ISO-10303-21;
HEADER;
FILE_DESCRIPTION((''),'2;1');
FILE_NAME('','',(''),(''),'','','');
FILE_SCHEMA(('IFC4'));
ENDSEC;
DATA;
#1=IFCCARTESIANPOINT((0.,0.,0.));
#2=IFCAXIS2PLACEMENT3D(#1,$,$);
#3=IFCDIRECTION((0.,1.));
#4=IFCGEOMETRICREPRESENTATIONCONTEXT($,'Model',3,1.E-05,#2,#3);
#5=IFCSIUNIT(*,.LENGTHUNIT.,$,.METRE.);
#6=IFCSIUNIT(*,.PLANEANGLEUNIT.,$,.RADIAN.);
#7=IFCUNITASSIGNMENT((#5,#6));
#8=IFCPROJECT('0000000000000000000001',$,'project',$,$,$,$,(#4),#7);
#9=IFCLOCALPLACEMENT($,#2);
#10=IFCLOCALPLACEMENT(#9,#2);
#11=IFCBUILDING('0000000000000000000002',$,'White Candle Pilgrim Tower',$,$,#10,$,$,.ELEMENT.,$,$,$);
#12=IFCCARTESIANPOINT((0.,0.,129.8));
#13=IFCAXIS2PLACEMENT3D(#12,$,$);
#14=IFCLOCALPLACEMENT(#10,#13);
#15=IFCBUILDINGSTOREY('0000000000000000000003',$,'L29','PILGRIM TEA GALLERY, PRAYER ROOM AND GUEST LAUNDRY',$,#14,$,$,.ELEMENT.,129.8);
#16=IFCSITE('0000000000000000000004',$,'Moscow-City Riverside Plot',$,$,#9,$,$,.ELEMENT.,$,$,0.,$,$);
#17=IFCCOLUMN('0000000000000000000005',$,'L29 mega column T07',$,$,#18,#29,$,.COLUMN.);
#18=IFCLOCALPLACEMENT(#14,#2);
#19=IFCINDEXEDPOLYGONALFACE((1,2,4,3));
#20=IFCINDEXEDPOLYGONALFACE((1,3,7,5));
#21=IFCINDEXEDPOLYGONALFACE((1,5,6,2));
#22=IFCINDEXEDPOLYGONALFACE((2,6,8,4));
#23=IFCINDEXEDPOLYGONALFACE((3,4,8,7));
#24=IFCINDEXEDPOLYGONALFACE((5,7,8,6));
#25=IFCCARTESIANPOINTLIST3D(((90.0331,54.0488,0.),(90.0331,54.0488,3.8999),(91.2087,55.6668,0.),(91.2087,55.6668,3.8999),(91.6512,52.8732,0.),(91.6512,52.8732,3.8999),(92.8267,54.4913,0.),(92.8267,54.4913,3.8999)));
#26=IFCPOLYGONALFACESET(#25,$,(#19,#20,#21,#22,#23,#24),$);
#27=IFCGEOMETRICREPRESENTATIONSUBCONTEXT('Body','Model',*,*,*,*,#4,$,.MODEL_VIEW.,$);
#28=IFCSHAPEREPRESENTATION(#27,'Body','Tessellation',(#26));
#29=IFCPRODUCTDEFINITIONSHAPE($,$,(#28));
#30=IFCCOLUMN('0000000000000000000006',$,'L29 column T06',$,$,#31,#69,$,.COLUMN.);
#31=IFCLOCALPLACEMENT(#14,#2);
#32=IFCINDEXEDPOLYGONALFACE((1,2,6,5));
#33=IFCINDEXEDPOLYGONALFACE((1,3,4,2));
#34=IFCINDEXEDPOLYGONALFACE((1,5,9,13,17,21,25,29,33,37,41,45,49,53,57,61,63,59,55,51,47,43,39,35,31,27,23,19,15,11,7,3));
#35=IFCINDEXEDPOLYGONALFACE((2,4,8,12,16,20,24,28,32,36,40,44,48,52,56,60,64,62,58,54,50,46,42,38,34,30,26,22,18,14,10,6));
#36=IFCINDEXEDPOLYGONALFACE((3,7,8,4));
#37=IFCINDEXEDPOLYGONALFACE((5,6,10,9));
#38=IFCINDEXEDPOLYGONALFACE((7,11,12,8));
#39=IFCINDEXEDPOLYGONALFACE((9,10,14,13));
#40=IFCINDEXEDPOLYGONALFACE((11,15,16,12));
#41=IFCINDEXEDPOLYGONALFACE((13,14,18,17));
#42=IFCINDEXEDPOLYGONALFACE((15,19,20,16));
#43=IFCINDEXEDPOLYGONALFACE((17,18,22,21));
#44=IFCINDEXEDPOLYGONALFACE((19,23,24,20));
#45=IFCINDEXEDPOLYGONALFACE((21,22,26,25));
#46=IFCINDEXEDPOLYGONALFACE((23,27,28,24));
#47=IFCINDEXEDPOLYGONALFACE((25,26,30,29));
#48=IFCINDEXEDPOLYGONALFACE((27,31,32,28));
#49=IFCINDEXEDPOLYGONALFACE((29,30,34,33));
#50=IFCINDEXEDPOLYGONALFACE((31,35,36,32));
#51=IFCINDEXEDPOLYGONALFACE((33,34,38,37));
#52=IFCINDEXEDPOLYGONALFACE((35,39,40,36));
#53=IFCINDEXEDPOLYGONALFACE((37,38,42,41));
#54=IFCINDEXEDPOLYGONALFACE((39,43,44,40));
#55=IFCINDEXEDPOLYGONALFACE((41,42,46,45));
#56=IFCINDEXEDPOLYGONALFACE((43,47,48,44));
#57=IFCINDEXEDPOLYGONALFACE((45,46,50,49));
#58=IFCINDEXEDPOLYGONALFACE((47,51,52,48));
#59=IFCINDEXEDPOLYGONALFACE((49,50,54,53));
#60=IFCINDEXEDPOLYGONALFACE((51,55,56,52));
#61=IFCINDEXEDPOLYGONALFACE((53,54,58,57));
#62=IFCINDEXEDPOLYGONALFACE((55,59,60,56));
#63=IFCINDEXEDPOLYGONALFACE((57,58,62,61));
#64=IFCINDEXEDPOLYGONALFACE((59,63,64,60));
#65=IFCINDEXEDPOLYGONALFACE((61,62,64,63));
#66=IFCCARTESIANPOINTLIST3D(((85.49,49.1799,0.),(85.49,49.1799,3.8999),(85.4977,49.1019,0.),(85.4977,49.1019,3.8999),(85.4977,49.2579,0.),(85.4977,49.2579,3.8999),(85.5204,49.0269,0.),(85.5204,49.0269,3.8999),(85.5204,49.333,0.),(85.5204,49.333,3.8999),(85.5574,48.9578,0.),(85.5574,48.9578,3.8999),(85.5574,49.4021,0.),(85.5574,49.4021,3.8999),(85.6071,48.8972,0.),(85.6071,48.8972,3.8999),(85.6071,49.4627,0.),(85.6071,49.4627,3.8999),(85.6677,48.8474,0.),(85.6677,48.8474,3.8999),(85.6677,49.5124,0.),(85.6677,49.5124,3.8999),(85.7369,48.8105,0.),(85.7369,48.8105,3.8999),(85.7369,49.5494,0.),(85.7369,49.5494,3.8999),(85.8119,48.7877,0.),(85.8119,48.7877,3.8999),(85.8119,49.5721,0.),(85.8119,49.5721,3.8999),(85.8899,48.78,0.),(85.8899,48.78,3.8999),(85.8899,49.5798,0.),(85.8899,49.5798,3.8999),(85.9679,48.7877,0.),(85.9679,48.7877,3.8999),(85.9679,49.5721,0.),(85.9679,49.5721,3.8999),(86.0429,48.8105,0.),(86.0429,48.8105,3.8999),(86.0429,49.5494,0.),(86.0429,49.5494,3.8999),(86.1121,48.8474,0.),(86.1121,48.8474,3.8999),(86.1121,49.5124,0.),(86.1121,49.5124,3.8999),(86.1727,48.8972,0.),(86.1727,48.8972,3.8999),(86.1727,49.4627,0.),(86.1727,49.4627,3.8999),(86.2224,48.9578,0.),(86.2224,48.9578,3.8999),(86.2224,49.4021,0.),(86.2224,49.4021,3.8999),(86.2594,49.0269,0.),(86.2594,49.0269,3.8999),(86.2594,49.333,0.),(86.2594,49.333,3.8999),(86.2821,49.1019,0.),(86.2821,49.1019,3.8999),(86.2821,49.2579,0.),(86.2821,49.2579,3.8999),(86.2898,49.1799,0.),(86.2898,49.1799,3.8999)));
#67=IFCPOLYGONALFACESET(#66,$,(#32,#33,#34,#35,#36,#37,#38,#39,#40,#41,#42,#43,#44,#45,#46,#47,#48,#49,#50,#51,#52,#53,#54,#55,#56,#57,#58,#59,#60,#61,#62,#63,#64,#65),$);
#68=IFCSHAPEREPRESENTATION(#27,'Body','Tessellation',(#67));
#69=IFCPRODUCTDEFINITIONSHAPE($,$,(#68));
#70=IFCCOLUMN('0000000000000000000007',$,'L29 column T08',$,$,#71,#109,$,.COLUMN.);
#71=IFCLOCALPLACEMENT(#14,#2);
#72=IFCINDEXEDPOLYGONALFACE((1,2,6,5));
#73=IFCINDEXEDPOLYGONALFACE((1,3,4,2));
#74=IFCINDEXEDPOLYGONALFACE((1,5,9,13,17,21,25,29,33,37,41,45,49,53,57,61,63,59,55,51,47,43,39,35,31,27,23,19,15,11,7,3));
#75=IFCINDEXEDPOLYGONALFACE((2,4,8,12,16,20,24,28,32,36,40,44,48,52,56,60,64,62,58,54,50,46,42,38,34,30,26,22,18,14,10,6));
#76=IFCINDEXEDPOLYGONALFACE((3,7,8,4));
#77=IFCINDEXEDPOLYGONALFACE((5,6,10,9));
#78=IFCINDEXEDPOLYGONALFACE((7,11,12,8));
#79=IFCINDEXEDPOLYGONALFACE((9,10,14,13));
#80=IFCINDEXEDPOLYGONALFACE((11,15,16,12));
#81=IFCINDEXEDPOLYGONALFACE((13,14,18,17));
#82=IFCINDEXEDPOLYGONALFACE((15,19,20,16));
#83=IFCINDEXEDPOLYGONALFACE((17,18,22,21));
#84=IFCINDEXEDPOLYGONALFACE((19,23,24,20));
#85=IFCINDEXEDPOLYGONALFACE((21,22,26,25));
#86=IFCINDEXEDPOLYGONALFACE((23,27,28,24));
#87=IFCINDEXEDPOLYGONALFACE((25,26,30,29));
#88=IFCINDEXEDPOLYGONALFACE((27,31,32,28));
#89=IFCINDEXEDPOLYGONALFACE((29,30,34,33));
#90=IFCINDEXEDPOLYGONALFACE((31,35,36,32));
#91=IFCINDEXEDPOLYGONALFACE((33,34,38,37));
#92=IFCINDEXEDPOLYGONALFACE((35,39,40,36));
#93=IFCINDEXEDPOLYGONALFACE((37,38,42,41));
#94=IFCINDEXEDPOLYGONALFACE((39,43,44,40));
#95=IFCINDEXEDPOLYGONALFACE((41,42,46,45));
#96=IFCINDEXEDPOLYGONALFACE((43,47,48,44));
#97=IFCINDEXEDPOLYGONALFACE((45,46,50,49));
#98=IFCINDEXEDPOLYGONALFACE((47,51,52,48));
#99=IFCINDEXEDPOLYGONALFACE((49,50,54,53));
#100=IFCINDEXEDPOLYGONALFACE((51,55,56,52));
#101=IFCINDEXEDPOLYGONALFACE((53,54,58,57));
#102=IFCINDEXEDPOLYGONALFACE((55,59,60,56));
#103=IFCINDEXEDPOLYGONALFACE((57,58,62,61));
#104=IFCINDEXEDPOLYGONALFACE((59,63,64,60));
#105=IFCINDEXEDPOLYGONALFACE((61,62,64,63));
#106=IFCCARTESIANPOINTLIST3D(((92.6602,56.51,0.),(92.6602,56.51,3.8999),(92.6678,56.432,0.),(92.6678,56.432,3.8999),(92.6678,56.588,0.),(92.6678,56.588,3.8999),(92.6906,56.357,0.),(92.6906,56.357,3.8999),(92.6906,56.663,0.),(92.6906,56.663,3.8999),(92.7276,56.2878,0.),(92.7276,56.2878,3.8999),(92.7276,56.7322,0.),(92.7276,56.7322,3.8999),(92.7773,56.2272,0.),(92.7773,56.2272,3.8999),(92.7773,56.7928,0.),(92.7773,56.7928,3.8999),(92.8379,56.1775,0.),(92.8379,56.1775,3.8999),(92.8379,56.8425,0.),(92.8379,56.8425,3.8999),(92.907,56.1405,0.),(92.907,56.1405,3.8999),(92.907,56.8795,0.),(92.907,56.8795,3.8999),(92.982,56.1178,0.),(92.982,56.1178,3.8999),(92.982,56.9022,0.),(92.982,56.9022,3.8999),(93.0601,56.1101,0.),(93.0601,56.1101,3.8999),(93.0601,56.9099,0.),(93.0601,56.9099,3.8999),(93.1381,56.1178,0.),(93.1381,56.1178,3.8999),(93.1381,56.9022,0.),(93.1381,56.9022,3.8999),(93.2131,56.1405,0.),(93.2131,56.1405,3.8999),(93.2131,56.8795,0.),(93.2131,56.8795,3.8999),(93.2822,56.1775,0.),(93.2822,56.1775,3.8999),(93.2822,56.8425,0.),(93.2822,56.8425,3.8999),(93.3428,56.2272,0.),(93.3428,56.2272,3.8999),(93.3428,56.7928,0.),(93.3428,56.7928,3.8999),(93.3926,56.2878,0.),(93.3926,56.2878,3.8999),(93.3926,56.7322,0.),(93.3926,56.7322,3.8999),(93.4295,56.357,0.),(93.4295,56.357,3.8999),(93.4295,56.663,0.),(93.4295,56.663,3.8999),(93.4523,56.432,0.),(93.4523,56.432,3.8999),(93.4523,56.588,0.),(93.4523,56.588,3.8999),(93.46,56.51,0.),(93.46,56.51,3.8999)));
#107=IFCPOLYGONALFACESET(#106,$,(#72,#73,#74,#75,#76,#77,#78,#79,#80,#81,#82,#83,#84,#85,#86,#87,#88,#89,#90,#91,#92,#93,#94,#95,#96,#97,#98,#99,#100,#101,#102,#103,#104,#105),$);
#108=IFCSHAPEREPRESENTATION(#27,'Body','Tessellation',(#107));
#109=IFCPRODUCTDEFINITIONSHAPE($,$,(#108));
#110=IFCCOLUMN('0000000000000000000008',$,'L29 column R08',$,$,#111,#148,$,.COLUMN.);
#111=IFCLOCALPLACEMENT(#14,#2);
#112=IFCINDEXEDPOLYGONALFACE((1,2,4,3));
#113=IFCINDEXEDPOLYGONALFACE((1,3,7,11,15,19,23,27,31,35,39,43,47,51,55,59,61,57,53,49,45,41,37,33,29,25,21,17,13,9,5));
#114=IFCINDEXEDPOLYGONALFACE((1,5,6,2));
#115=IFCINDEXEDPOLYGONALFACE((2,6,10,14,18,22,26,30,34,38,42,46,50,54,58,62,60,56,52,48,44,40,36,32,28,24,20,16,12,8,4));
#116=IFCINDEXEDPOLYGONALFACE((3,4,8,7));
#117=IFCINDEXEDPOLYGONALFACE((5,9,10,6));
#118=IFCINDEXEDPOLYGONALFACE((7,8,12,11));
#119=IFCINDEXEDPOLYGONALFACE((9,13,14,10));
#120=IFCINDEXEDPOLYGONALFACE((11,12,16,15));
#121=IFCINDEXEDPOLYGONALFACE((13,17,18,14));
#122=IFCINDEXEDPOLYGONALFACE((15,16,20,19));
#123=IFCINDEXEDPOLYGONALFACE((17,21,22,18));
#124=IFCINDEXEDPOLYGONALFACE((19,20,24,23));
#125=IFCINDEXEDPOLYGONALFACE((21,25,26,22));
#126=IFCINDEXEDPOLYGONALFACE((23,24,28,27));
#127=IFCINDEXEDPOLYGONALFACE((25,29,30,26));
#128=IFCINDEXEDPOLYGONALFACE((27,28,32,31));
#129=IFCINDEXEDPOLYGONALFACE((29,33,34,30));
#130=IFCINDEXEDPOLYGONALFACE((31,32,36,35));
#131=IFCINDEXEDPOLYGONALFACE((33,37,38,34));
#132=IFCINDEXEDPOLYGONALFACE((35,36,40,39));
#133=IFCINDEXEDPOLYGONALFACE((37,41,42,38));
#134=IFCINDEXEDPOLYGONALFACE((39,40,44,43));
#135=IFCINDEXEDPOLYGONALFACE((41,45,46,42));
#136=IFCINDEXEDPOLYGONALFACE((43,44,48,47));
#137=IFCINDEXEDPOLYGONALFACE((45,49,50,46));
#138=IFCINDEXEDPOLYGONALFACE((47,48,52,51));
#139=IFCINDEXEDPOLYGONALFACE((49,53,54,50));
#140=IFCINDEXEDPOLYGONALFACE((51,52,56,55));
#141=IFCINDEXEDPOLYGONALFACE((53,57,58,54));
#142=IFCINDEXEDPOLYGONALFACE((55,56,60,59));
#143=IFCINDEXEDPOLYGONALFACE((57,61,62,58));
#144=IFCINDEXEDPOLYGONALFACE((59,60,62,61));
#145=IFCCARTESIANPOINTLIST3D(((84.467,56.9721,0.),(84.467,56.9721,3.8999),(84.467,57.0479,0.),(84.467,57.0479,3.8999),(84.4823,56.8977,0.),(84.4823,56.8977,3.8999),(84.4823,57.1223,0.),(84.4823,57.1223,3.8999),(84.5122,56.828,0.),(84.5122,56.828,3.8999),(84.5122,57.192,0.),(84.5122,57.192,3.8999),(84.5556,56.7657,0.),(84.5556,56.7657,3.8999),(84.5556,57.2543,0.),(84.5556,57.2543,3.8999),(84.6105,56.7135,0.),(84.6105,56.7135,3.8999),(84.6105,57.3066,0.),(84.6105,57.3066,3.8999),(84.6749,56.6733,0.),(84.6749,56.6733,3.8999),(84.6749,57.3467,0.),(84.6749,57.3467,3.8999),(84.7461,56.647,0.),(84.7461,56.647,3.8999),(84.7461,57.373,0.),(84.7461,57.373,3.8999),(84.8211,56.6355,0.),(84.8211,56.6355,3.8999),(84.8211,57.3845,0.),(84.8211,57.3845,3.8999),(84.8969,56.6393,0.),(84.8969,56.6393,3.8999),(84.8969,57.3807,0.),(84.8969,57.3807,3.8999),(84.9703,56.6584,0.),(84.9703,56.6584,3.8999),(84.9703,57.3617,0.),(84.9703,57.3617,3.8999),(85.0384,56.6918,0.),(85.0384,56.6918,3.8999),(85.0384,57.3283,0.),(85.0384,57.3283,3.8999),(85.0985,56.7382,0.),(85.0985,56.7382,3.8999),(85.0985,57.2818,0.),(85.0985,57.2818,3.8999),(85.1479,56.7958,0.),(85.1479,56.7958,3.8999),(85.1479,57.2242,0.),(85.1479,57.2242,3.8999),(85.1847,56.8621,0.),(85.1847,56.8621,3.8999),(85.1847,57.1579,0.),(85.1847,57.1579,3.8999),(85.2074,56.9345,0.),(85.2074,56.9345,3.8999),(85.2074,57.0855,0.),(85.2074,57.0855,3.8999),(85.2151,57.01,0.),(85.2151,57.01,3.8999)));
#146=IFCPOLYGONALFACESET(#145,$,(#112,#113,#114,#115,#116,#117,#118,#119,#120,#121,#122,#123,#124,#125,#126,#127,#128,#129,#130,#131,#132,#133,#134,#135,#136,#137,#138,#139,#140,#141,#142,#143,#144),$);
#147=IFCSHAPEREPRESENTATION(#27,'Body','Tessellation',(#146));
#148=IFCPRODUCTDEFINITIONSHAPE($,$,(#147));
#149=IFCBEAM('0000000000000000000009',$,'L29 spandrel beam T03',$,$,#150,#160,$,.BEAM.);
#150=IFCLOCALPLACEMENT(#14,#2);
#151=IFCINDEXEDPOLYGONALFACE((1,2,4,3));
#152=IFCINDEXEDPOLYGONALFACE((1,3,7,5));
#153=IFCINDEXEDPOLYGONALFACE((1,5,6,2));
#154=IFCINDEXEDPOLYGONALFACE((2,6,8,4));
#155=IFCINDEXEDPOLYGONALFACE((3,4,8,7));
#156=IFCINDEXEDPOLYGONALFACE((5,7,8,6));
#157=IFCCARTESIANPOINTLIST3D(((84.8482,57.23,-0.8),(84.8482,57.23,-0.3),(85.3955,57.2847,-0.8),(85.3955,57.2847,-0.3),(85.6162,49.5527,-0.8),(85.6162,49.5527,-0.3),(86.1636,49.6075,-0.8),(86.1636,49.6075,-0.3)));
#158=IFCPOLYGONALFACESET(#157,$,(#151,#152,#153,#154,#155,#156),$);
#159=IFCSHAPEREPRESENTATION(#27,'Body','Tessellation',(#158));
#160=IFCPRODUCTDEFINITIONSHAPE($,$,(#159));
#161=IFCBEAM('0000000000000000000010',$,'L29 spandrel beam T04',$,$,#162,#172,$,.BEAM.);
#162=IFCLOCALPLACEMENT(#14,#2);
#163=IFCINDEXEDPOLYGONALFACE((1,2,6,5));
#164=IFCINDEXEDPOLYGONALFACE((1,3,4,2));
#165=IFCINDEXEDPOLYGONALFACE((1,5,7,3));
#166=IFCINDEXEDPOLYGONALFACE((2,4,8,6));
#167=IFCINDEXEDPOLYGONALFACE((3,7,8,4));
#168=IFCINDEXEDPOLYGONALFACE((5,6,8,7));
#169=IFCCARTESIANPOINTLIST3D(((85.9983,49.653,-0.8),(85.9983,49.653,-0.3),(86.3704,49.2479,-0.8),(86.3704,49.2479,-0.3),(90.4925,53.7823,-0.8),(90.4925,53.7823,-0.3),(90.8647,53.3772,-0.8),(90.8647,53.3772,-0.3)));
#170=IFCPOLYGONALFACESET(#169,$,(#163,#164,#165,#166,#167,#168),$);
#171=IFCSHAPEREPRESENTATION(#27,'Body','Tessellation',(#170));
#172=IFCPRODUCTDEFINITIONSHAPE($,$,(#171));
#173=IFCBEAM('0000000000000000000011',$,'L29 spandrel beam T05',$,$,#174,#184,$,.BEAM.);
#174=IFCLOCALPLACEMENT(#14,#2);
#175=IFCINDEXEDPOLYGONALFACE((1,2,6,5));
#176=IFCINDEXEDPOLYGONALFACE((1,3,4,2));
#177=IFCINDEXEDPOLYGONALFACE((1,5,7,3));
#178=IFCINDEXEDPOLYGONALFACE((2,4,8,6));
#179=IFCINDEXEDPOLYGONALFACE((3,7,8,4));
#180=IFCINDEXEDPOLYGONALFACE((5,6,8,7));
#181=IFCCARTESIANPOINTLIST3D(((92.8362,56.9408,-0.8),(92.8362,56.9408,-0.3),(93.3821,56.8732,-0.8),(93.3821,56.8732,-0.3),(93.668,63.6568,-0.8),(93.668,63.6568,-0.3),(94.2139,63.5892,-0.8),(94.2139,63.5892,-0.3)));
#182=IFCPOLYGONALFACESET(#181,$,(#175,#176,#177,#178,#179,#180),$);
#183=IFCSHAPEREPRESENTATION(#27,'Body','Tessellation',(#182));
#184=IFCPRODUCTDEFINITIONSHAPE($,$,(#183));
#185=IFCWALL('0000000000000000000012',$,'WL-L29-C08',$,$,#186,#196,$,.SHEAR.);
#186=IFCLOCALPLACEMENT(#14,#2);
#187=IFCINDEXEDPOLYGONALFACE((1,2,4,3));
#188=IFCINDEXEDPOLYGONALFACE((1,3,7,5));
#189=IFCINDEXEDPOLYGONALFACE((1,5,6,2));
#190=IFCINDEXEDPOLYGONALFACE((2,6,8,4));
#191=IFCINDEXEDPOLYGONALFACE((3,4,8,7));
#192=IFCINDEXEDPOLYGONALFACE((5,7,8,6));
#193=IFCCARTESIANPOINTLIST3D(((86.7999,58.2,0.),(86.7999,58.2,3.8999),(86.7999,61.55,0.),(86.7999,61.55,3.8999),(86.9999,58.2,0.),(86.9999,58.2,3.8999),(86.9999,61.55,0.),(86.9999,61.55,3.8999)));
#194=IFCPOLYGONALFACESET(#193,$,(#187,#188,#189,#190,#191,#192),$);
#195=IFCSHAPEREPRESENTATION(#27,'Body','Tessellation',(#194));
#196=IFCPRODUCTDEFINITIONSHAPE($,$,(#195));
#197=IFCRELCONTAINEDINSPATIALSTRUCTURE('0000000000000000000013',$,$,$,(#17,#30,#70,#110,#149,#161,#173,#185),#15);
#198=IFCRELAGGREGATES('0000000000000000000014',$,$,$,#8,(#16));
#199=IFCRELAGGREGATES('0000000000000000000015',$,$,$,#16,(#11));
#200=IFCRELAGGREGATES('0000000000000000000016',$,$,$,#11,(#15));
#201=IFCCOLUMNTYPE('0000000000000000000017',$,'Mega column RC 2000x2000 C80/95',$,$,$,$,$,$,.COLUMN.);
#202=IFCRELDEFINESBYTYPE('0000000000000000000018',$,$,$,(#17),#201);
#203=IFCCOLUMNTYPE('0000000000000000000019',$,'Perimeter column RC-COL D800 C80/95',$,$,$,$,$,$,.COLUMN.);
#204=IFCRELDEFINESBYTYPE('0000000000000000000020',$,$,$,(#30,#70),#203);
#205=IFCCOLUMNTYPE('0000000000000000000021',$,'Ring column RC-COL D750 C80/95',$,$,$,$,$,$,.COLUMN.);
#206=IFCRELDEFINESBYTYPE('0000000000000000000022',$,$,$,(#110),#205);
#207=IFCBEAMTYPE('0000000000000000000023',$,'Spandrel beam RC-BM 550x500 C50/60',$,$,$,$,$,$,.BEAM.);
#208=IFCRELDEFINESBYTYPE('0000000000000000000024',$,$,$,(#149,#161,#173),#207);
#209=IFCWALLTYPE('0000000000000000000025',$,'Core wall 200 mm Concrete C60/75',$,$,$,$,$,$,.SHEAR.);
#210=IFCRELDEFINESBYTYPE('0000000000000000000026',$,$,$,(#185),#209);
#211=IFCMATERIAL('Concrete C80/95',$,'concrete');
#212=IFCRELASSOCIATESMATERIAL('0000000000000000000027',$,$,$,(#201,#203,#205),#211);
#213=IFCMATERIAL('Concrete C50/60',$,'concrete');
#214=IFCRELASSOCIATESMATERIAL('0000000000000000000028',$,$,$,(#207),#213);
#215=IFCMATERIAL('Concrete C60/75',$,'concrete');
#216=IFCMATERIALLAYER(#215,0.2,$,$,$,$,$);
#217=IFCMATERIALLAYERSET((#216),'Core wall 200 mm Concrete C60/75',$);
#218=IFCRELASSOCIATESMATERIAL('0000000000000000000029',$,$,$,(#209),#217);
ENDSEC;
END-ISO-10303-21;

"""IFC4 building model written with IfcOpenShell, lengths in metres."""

from ifc_helpers import new_model, si_unit, direction, frame, frame_2d, origin, origin_2d, place, context, subcontext, project, spatial, rectangle, circle, extrude, material, layer, layer_set, material_profile, profile_set, type_object, element, save


model = new_model("IFC4")

# Units and contexts
model_context = context("Model", 3, precision=1e-05, world=origin(), true_north=direction((0.0, 1.0)))
body_context = subcontext(model_context, "Body", "Model", "MODEL_VIEW")
ifc_project = project(units=[si_unit("LENGTHUNIT", "METRE"), si_unit("PLANEANGLEUNIT", "RADIAN")], contexts=[model_context])

# Site, building, storey
site_placement = place(None, origin())
site = spatial("IfcSite", under=ifc_project, at=site_placement, Name="Moscow-City Riverside Plot", CompositionType="ELEMENT", RefElevation=0.0)
building_placement = place(site_placement, origin())
building = spatial("IfcBuilding", under=site, at=building_placement, Name="White Candle Pilgrim Tower", CompositionType="ELEMENT")
storey_placement = place(building_placement, frame((0.0, 0.0, 129.8)))
storey = spatial("IfcBuildingStorey", under=building, at=storey_placement, Name="L29", Description="PILGRIM TEA GALLERY, PRAYER ROOM AND GUEST LAUNDRY", CompositionType="ELEMENT", Elevation=129.8)

# Columns
ifc_material_1 = material(Name="Concrete C80/95", Category="concrete")
ifc_material_profile_1 = material_profile(ifc_material_1, rectangle(XDim=2.0, YDim=2.0, at=origin_2d()), Name="RC 2000x2000")
ifc_profile_set_1 = profile_set([ifc_material_profile_1], Name="Concrete C80/95")
column_type_1 = type_object("IfcColumnType", Name="Mega column RC 2000x2000 C80/95", PredefinedType="COLUMN", material=ifc_profile_set_1)
column_1_placement = place(storey_placement, frame((91.4299, 54.27, 0.0), z_axis=(0.0, 0.0, 1.0), x_axis=(0.809017, -0.587785, 0.0)))
element("IfcColumn", 1, at=column_1_placement, inside=storey, type_object=column_type_1, Name="L29 mega column T07", PredefinedType="COLUMN", context=body_context, shape_type="SweptSolid", body=[
    extrude(rectangle(XDim=2.0, YDim=2.0, at=origin_2d()), origin(), (0.0, 0.0, 1.0), 3.8999),
])
ifc_material_profile_2 = material_profile(ifc_material_1, circle(Radius=0.3999, at=origin_2d()), Name="RC-COL D800")
ifc_profile_set_2 = profile_set([ifc_material_profile_2], Name="Concrete C80/95")
column_type_2 = type_object("IfcColumnType", Name="Perimeter column RC-COL D800 C80/95", PredefinedType="COLUMN", material=ifc_profile_set_2)
for number, where, z_axis, x_axis, name in (
    (2, (85.8899, 49.1799, 0.0), (0.0, 0.0, 1.0), (1.0, 0.0, 0.0), "L29 column T06"),
    (3, (93.0601, 56.51, 0.0), (0.0, 0.0, 1.0), (1.0, 0.0, 0.0), "L29 column T08"),
):
    element("IfcColumn", number, at=place(storey_placement, frame(where, z_axis=z_axis, x_axis=x_axis)), inside=storey, type_object=column_type_2, Name=name, PredefinedType="COLUMN", context=body_context, shape_type="SweptSolid", body=[
        extrude(circle(Radius=0.3999, at=origin_2d()), origin(), (0.0, 0.0, 1.0), 3.8999),
    ])
ifc_material_profile_3 = material_profile(ifc_material_1, circle(Radius=0.375, at=origin_2d()), Name="RC-COL D750")
ifc_profile_set_3 = profile_set([ifc_material_profile_3], Name="Concrete C80/95")
column_type_3 = type_object("IfcColumnType", Name="Ring column RC-COL D750 C80/95", PredefinedType="COLUMN", material=ifc_profile_set_3)
column_2_placement = place(storey_placement, frame((84.8401, 57.01, 0.0), z_axis=(0.0, 0.0, 1.0), x_axis=(1.0, 0.0, 0.0)))
element("IfcColumn", 4, at=column_2_placement, inside=storey, type_object=column_type_3, Name="L29 column R08", PredefinedType="COLUMN", context=body_context, shape_type="SweptSolid", body=[
    extrude(circle(Radius=0.375, at=origin_2d()), origin(), (0.0, 0.0, 1.0), 3.8999),
])

# Beams
ifc_material_2 = material(Name="Concrete C50/60", Category="concrete")
ifc_material_profile_4 = material_profile(ifc_material_2, rectangle(XDim=0.55, YDim=0.5, at=origin_2d()), Name="RC-BM 550x500")
ifc_profile_set_4 = profile_set([ifc_material_profile_4], Name="Concrete C50/60")
beam_type = type_object("IfcBeamType", Name="Spandrel beam RC-BM 550x500 C50/60", PredefinedType="BEAM", material=ifc_profile_set_4)
beam_1_placement = place(storey_placement, frame((85.8899, 49.5801, -0.55), z_axis=(-0.099548, 0.995033, 0.0), x_axis=(-0.995033, -0.099548, 0.0)))
element("IfcBeam", 5, at=beam_1_placement, inside=storey, type_object=beam_type, Name="L29 spandrel beam T03", PredefinedType="BEAM", context=body_context, shape_type="SweptSolid", body=[
    extrude(rectangle(XDim=0.55, YDim=0.5, at=origin_2d()), origin(), (0.0, 0.0, 1.0), 7.7156),
])
beam_2_placement = place(storey_placement, frame((86.1843, 49.4504, -0.55), z_axis=(0.736375, 0.676574, 0.0), x_axis=(-0.676574, 0.736375, 0.0)))
element("IfcBeam", 6, at=beam_2_placement, inside=storey, type_object=beam_type, Name="L29 spandrel beam T04", PredefinedType="BEAM", context=body_context, shape_type="SweptSolid", body=[
    extrude(rectangle(XDim=0.55, YDim=0.5, at=origin_2d()), origin(), (0.0, 0.0, 1.0), 6.1033),
])
beam_3_placement = place(storey_placement, frame((93.1091, 56.907, -0.55), z_axis=(0.122911, 0.992418, 0.0), x_axis=(-0.992418, 0.122911, 0.0)))
element("IfcBeam", 7, at=beam_3_placement, inside=storey, type_object=beam_type, Name="L29 spandrel beam T05", PredefinedType="BEAM", context=body_context, shape_type="SweptSolid", body=[
    extrude(rectangle(XDim=0.55, YDim=0.5, at=origin_2d()), origin(), (0.0, 0.0, 1.0), 6.7673),
])

# Wall
ifc_material_3 = material(Name="Concrete C60/75", Category="concrete")
ifc_layer_1 = layer(ifc_material_3, 0.2)
ifc_layer_set_1 = layer_set([ifc_layer_1], Name="Core wall 200 mm Concrete C60/75")
wall_type_1 = type_object("IfcWallType", Name="Core wall 200 mm Concrete C60/75", PredefinedType="SHEAR", material=ifc_layer_set_1)
wall_1_placement = place(storey_placement, frame((86.8999, 58.2, 0.0), z_axis=(0.0, 0.0, 1.0), x_axis=(0.0, 1.0, 0.0)))
element("IfcWall", 8, at=wall_1_placement, inside=storey, type_object=wall_type_1, Name="WL-L29-C08", PredefinedType="SHEAR", context=body_context, shape_type="SweptSolid", body=[
    extrude(rectangle(XDim=3.3501, YDim=0.2, at=frame_2d((1.675, 0.0))), origin(), (0.0, 0.0, 1.0), 3.8999),
])

save(model, "model.ifc")
